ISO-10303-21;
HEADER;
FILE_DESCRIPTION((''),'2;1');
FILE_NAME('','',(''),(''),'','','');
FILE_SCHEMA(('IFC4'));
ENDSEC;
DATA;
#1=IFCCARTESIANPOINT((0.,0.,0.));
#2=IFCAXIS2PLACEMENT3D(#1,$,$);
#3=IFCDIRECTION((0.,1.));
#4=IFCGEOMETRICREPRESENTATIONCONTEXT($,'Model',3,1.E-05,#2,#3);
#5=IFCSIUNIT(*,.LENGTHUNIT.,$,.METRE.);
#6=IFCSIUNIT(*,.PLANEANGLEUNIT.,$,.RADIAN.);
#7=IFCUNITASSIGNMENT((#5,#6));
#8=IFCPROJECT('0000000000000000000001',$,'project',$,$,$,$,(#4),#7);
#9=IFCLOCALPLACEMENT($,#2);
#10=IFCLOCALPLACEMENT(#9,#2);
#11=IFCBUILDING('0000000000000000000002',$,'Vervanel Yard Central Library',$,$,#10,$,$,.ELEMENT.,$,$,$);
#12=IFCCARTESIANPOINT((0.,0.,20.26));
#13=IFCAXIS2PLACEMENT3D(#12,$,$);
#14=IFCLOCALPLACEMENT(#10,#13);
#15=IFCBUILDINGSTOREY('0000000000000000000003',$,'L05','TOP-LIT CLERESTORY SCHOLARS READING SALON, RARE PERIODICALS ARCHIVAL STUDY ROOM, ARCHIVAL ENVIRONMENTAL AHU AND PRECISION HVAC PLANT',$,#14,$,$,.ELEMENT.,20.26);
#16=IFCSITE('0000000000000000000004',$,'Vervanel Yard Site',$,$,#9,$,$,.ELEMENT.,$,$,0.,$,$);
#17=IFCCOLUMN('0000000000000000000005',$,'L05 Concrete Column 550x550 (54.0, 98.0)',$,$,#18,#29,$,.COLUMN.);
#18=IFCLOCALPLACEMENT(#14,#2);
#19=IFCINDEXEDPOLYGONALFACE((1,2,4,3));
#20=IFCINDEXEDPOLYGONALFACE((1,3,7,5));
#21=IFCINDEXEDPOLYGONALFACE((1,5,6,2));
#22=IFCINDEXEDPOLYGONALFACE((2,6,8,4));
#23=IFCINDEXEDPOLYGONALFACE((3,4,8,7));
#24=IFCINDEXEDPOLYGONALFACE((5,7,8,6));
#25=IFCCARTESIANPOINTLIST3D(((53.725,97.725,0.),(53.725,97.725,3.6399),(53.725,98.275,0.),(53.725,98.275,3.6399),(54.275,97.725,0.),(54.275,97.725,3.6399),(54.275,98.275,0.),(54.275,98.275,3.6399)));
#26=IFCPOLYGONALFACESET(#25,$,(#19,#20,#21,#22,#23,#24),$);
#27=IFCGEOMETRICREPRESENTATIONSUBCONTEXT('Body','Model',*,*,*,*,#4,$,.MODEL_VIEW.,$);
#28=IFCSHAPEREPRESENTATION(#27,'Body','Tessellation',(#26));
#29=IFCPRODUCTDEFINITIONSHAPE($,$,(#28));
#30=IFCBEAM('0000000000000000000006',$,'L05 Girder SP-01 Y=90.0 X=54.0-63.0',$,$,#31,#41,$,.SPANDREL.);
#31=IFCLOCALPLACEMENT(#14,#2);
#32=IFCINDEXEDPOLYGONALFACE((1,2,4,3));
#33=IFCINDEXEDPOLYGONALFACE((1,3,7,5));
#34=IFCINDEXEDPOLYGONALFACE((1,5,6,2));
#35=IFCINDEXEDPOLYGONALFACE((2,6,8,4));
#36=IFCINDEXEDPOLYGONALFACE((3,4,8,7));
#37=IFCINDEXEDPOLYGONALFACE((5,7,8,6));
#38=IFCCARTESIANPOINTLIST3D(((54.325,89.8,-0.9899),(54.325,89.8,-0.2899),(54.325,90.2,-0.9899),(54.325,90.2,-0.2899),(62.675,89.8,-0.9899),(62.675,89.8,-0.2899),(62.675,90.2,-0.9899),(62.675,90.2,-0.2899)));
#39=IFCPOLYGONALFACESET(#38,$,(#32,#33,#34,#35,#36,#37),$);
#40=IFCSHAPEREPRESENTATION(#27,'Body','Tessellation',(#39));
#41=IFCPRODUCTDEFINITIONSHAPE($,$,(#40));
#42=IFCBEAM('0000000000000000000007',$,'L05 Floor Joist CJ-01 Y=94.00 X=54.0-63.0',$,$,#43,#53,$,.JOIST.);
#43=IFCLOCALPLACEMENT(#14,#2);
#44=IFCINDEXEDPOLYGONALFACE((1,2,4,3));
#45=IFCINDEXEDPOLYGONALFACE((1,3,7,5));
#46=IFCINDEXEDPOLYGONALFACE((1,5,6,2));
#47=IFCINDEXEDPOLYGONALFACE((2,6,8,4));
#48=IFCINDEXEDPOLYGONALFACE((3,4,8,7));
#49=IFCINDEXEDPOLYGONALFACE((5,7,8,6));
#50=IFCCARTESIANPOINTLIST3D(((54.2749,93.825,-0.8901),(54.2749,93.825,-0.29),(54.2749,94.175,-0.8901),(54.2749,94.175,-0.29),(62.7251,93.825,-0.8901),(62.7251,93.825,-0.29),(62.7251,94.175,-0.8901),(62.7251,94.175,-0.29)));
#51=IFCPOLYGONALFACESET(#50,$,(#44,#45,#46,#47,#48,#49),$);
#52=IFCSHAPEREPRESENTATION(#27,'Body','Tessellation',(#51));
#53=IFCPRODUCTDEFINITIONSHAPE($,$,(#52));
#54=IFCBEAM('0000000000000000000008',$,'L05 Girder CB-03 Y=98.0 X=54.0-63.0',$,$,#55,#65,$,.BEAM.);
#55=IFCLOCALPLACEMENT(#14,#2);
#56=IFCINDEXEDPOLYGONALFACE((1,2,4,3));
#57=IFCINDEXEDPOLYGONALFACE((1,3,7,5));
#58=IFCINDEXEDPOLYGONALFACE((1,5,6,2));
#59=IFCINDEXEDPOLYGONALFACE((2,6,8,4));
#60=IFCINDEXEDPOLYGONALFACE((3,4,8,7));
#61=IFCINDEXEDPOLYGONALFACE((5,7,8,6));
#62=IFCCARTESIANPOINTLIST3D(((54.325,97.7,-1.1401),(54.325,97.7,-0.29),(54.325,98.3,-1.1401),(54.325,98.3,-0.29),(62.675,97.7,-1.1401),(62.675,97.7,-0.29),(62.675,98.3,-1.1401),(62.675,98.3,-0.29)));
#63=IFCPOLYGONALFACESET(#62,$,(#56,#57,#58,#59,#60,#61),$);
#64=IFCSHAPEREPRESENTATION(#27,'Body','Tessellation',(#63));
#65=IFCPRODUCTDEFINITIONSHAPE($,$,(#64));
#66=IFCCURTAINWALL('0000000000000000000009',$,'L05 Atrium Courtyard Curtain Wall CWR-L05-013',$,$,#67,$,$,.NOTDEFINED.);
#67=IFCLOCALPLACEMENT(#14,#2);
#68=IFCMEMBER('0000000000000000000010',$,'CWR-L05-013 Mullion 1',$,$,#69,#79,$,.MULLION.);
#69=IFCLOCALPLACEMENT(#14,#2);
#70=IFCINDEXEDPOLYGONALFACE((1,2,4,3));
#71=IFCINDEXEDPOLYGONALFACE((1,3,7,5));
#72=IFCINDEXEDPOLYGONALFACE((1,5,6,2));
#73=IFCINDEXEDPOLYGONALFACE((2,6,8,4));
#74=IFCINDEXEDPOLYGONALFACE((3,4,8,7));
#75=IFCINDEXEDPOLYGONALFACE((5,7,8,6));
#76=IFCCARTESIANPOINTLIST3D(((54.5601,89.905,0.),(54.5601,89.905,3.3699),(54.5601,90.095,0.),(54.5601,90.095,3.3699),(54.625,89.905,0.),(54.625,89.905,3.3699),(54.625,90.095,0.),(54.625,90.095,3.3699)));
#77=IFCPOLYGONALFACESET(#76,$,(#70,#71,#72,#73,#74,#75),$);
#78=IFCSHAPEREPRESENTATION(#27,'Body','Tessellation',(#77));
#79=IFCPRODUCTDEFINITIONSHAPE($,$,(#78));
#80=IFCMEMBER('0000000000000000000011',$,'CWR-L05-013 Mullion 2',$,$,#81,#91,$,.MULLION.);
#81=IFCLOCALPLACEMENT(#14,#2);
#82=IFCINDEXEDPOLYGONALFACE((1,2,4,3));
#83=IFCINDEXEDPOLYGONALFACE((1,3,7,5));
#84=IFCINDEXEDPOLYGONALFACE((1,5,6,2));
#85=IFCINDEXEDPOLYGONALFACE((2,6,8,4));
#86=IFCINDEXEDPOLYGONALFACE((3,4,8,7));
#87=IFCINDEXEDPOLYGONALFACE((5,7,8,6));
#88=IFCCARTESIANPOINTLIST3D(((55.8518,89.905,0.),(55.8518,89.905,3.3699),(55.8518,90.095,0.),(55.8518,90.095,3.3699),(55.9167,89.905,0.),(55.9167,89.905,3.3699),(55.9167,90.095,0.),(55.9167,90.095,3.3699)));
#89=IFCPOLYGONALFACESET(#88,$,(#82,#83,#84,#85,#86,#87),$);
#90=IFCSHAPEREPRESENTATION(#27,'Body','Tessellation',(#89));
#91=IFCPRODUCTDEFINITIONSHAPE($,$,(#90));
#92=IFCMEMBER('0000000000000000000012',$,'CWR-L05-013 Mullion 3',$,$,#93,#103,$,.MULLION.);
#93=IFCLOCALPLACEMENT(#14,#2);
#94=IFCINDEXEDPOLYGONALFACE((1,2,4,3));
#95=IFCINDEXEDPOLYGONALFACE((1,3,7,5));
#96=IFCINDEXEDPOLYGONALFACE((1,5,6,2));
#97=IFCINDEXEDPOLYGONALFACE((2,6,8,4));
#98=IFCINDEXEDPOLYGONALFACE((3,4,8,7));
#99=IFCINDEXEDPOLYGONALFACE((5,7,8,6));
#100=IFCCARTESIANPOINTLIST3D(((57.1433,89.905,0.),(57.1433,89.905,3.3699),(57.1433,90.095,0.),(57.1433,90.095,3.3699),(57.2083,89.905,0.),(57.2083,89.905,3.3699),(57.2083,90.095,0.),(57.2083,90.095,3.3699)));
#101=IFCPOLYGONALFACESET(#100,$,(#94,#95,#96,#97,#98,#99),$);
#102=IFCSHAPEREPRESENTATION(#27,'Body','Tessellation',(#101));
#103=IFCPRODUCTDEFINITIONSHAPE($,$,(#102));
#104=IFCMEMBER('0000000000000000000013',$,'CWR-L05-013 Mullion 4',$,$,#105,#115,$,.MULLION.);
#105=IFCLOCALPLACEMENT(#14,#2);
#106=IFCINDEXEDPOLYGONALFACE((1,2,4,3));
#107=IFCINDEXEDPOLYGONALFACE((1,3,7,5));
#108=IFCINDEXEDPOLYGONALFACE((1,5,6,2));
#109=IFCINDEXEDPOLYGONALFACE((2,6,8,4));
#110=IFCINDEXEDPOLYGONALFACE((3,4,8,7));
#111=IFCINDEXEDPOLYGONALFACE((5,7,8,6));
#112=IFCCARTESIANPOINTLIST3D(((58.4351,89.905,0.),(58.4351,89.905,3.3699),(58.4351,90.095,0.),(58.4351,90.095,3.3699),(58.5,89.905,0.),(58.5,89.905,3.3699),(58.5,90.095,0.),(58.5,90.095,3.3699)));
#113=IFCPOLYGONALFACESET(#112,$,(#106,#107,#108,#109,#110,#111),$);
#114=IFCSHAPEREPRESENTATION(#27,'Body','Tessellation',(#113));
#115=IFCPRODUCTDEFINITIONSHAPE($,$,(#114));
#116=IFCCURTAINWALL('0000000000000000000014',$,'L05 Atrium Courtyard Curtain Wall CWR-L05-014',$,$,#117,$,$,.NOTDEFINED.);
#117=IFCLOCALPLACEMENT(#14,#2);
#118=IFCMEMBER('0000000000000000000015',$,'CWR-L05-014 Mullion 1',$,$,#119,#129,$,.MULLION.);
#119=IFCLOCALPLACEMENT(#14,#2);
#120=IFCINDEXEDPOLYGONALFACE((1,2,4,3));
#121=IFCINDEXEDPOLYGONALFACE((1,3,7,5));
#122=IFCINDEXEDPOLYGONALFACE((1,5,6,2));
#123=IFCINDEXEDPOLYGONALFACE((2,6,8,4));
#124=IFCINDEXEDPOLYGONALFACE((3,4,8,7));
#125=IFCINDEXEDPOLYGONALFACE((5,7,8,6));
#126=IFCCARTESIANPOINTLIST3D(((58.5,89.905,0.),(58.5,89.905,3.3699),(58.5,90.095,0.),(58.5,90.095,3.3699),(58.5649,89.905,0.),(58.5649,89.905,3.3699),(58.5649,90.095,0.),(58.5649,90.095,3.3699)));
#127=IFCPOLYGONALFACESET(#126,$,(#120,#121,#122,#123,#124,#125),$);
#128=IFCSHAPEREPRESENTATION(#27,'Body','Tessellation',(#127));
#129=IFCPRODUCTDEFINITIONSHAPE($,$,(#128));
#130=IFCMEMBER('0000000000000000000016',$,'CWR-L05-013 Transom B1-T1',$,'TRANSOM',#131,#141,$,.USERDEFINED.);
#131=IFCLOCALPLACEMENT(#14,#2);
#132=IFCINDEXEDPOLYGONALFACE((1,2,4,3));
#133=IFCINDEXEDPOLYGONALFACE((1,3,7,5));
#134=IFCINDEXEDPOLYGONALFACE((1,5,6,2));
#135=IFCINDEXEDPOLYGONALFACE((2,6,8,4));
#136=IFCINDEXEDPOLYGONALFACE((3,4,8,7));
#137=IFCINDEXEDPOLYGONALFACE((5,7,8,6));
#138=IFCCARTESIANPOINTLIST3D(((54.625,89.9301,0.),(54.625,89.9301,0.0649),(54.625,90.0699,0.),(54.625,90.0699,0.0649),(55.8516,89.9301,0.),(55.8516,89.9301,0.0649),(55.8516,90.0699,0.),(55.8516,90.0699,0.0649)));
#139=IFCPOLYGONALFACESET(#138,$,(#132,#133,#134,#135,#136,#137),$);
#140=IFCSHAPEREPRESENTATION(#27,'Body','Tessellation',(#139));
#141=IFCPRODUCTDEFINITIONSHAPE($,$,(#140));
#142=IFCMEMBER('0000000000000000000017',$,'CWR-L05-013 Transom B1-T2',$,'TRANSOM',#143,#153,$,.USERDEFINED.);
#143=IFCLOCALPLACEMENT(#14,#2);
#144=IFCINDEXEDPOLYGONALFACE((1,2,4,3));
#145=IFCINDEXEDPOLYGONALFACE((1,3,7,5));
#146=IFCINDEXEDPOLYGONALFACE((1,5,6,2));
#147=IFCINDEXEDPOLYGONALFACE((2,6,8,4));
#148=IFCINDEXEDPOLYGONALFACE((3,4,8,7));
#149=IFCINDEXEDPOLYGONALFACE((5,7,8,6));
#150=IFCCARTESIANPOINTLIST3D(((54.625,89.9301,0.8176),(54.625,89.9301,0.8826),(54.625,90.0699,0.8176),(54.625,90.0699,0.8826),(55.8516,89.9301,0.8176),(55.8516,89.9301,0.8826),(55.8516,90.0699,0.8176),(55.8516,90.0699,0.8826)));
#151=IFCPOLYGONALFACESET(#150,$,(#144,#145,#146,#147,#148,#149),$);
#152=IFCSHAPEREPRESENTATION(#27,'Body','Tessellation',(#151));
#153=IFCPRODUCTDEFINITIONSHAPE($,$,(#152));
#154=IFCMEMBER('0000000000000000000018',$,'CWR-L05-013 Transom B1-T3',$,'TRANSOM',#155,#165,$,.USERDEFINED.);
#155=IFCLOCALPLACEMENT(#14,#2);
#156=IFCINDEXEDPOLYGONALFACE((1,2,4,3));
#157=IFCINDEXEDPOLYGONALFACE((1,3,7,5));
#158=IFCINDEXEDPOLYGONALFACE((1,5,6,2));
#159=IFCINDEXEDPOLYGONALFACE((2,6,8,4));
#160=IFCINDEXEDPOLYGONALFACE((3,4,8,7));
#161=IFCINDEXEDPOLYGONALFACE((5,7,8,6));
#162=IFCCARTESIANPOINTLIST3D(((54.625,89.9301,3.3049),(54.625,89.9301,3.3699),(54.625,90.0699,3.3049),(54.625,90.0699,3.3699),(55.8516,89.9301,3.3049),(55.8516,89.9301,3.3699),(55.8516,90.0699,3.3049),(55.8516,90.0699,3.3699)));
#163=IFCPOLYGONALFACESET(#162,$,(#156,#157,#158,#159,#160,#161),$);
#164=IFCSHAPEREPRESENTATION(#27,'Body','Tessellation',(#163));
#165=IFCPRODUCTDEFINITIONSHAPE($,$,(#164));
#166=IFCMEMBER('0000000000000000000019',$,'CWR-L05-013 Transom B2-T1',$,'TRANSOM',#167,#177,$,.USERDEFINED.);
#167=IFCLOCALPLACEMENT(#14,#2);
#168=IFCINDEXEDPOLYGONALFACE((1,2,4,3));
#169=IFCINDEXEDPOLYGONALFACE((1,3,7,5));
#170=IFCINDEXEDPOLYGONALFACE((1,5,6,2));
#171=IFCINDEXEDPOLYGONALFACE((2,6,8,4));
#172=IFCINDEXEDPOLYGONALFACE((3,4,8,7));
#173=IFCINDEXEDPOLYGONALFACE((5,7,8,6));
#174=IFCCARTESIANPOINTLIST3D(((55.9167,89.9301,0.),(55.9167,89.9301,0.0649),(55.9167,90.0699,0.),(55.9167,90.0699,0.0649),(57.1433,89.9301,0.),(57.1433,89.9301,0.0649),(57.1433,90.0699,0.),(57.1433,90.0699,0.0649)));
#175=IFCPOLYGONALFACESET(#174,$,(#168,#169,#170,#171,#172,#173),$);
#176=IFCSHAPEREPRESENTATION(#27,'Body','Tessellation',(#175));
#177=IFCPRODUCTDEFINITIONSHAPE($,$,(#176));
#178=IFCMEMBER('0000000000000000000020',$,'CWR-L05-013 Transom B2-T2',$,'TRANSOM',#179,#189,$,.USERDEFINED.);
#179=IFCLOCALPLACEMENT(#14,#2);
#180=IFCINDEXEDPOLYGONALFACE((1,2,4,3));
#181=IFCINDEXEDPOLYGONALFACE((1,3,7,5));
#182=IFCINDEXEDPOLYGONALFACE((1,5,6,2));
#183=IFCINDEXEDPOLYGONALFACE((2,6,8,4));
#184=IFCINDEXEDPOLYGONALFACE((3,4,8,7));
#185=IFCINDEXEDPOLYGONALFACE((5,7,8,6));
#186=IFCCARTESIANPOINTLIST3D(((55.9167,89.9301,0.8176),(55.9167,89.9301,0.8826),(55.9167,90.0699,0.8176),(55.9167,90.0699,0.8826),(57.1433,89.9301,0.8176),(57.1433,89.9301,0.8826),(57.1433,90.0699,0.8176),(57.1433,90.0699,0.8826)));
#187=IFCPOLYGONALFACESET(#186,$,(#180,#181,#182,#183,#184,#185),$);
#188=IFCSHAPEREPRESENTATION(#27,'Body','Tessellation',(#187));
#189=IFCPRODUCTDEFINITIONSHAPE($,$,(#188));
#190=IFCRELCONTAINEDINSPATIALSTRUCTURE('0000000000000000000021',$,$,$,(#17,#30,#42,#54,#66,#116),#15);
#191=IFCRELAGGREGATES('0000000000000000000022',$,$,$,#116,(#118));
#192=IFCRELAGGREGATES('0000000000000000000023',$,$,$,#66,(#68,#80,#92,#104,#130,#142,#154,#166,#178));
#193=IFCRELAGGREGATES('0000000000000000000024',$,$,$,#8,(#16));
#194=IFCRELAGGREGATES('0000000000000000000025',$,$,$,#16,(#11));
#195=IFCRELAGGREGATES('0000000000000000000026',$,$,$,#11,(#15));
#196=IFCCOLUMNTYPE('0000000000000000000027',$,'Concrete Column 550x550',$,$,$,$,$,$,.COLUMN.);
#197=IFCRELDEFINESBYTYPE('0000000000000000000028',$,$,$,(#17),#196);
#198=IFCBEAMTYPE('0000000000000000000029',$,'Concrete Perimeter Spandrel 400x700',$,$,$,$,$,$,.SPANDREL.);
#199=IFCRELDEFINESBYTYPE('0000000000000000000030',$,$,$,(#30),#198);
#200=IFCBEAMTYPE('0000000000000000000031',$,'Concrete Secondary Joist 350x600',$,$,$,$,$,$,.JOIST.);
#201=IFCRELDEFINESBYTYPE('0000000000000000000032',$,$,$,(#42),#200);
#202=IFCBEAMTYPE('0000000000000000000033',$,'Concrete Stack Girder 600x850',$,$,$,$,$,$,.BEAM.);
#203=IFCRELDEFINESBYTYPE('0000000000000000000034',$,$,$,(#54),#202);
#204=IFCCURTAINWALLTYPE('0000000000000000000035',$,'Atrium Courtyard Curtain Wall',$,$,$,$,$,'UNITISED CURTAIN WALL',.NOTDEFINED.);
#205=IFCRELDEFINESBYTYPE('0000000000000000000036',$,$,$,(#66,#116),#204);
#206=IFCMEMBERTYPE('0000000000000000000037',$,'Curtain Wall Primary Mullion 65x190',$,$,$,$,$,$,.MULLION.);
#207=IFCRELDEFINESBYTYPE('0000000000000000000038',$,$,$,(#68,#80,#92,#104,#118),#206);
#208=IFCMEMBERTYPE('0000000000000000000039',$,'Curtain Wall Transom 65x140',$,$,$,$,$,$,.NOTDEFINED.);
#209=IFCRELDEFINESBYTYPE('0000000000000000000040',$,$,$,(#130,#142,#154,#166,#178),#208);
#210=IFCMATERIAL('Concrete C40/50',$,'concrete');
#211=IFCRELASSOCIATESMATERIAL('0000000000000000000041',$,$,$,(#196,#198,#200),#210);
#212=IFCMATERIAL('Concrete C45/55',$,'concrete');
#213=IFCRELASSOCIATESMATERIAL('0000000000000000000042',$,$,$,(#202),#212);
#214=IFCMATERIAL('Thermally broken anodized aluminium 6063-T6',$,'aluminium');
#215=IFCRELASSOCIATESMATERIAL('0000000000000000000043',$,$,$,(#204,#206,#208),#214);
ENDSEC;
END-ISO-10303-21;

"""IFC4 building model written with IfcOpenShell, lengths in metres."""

from ifc_helpers import new_model, si_unit, direction, frame, origin, origin_2d, place, context, subcontext, project, spatial, rectangle, extrude, material, material_profile, profile_set, type_object, element, aggregate, save


model = new_model("IFC4")

# Units and contexts
model_context = context("Model", 3, precision=1e-05, world=origin(), true_north=direction((0.0, 1.0)))
body_context = subcontext(model_context, "Body", "Model", "MODEL_VIEW")
ifc_project = project(units=[si_unit("LENGTHUNIT", "METRE"), si_unit("PLANEANGLEUNIT", "RADIAN")], contexts=[model_context])

# Site, building, storey
site_placement = place(None, origin())
site = spatial("IfcSite", under=ifc_project, at=site_placement, Name="Vervanel Yard Site", CompositionType="ELEMENT", RefElevation=0.0)
building_placement = place(site_placement, origin())
building = spatial("IfcBuilding", under=site, at=building_placement, Name="Vervanel Yard Central Library", CompositionType="ELEMENT")
storey_placement = place(building_placement, frame((0.0, 0.0, 20.26)))
storey = spatial("IfcBuildingStorey", under=building, at=storey_placement, Name="L05", Description="TOP-LIT CLERESTORY SCHOLARS READING SALON, RARE PERIODICALS ARCHIVAL STUDY ROOM, ARCHIVAL ENVIRONMENTAL AHU AND PRECISION HVAC PLANT", CompositionType="ELEMENT", Elevation=20.26)

# Column
ifc_material_1 = material(Name="Concrete C40/50", Category="concrete")
ifc_material_profile_1 = material_profile(ifc_material_1, rectangle(XDim=0.55, YDim=0.55, at=origin_2d()), Name="RC 550x550", Category="concrete")
ifc_profile_set_1 = profile_set([ifc_material_profile_1], Name="Concrete C40/50")
column_type = type_object("IfcColumnType", Name="Concrete Column 550x550", PredefinedType="COLUMN", material=ifc_profile_set_1)
column_placement = place(storey_placement, frame((54.0, 98.0, 0.0), z_axis=(0.0, 0.0, 1.0), x_axis=(1.0, 0.0, 0.0)))
element("IfcColumn", 1, at=column_placement, inside=storey, type_object=column_type, Name="L05 Concrete Column 550x550 (54.0, 98.0)", PredefinedType="COLUMN", context=body_context, shape_type="SweptSolid", body=[
    extrude(rectangle(XDim=0.55, YDim=0.55, at=origin_2d()), origin(), (0.0, 0.0, 1.0), 3.6399),
])

# Beams
ifc_material_profile_2 = material_profile(ifc_material_1, rectangle(XDim=0.3999, YDim=0.7, at=origin_2d()), Name="RC 400x700", Category="concrete")
ifc_profile_set_2 = profile_set([ifc_material_profile_2], Name="Concrete C40/50")
beam_type_1 = type_object("IfcBeamType", Name="Concrete Perimeter Spandrel 400x700", PredefinedType="SPANDREL", material=ifc_profile_set_2)
beam_1_placement = place(storey_placement, frame((54.325, 90.0, -0.6399), z_axis=(1.0, 0.0, 0.0), x_axis=(0.0, 1.0, 0.0)))
element("IfcBeam", 2, at=beam_1_placement, inside=storey, type_object=beam_type_1, Name="L05 Girder SP-01 Y=90.0 X=54.0-63.0", PredefinedType="SPANDREL", context=body_context, shape_type="SweptSolid", body=[
    extrude(rectangle(XDim=0.3999, YDim=0.7, at=origin_2d()), origin(), (0.0, 0.0, 1.0), 8.3501),
])
ifc_material_profile_3 = material_profile(ifc_material_1, rectangle(XDim=0.3501, YDim=0.6001, at=origin_2d()), Name="RC 350x600", Category="concrete")
ifc_profile_set_3 = profile_set([ifc_material_profile_3], Name="Concrete C40/50")
beam_type_2 = type_object("IfcBeamType", Name="Concrete Secondary Joist 350x600", PredefinedType="JOIST", material=ifc_profile_set_3)
beam_2_placement = place(storey_placement, frame((54.2749, 94.0, -0.5901), z_axis=(1.0, 0.0, 0.0), x_axis=(0.0, 1.0, 0.0)))
element("IfcBeam", 3, at=beam_2_placement, inside=storey, type_object=beam_type_2, Name="L05 Floor Joist CJ-01 Y=94.00 X=54.0-63.0", PredefinedType="JOIST", context=body_context, shape_type="SweptSolid", body=[
    extrude(rectangle(XDim=0.3501, YDim=0.6001, at=origin_2d()), origin(), (0.0, 0.0, 1.0), 8.4502),
])
ifc_material_2 = material(Name="Concrete C45/55", Category="concrete")
ifc_material_profile_4 = material_profile(ifc_material_2, rectangle(XDim=0.6001, YDim=0.8501, at=origin_2d()), Name="RC 600x850", Category="concrete")
ifc_profile_set_4 = profile_set([ifc_material_profile_4], Name="Concrete C45/55")
beam_type_3 = type_object("IfcBeamType", Name="Concrete Stack Girder 600x850", PredefinedType="BEAM", material=ifc_profile_set_4)
beam_3_placement = place(storey_placement, frame((54.325, 98.0, -0.7151), z_axis=(1.0, 0.0, 0.0), x_axis=(0.0, 1.0, 0.0)))
element("IfcBeam", 4, at=beam_3_placement, inside=storey, type_object=beam_type_3, Name="L05 Girder CB-03 Y=98.0 X=54.0-63.0", PredefinedType="BEAM", context=body_context, shape_type="SweptSolid", body=[
    extrude(rectangle(XDim=0.6001, YDim=0.8501, at=origin_2d()), origin(), (0.0, 0.0, 1.0), 8.3501),
])

# Curtain wall, members
ifc_material_3 = material(Name="Thermally broken anodized aluminium 6063-T6", Category="aluminium")
curtain_wall_type = type_object("IfcCurtainWallType", Name="Atrium Courtyard Curtain Wall", ElementType="UNITISED CURTAIN WALL", PredefinedType="NOTDEFINED", material=ifc_material_3)
curtain_wall_1_placement = place(storey_placement, origin())
curtain_wall_1 = element("IfcCurtainWall", 5, at=curtain_wall_1_placement, inside=storey, type_object=curtain_wall_type, Name="L05 Atrium Courtyard Curtain Wall CWR-L05-013", PredefinedType="NOTDEFINED")
ifc_material_profile_5 = material_profile(ifc_material_3, rectangle(XDim=0.0649, YDim=0.1899, at=origin_2d()), Name="ALU 65x190", Category="aluminium")
ifc_profile_set_5 = profile_set([ifc_material_profile_5], Name="Thermally broken anodized aluminium 6063-T6")
member_type_1 = type_object("IfcMemberType", Name="Curtain Wall Primary Mullion 65x190", PredefinedType="MULLION", material=ifc_profile_set_5)
member_1_placement = place(storey_placement, frame((54.5925, 90.0, 0.0), z_axis=(0.0, 0.0, 1.0), x_axis=(1.0, 0.0, 0.0)))
member_1 = element("IfcMember", 6, at=member_1_placement, type_object=member_type_1, Name="CWR-L05-013 Mullion 1", PredefinedType="MULLION", context=body_context, shape_type="SweptSolid", body=[
    extrude(rectangle(XDim=0.0649, YDim=0.1899, at=origin_2d()), origin(), (0.0, 0.0, 1.0), 3.3699),
])
member_2_placement = place(storey_placement, frame((55.8843, 90.0, 0.0), z_axis=(0.0, 0.0, 1.0), x_axis=(1.0, 0.0, 0.0)))
member_2 = element("IfcMember", 7, at=member_2_placement, type_object=member_type_1, Name="CWR-L05-013 Mullion 2", PredefinedType="MULLION", context=body_context, shape_type="SweptSolid", body=[
    extrude(rectangle(XDim=0.0649, YDim=0.1899, at=origin_2d()), origin(), (0.0, 0.0, 1.0), 3.3699),
])
member_3_placement = place(storey_placement, frame((57.1758, 90.0, 0.0), z_axis=(0.0, 0.0, 1.0), x_axis=(1.0, 0.0, 0.0)))
member_3 = element("IfcMember", 8, at=member_3_placement, type_object=member_type_1, Name="CWR-L05-013 Mullion 3", PredefinedType="MULLION", context=body_context, shape_type="SweptSolid", body=[
    extrude(rectangle(XDim=0.0649, YDim=0.1899, at=origin_2d()), origin(), (0.0, 0.0, 1.0), 3.3699),
])
member_4_placement = place(storey_placement, frame((58.4675, 90.0, 0.0), z_axis=(0.0, 0.0, 1.0), x_axis=(1.0, 0.0, 0.0)))
member_4 = element("IfcMember", 9, at=member_4_placement, type_object=member_type_1, Name="CWR-L05-013 Mullion 4", PredefinedType="MULLION", context=body_context, shape_type="SweptSolid", body=[
    extrude(rectangle(XDim=0.0649, YDim=0.1899, at=origin_2d()), origin(), (0.0, 0.0, 1.0), 3.3699),
])

# Curtain wall, member
curtain_wall_2_placement = place(storey_placement, origin())
curtain_wall_2 = element("IfcCurtainWall", 10, at=curtain_wall_2_placement, inside=storey, type_object=curtain_wall_type, Name="L05 Atrium Courtyard Curtain Wall CWR-L05-014", PredefinedType="NOTDEFINED")
member_5_placement = place(storey_placement, frame((58.5325, 90.0, 0.0), z_axis=(0.0, 0.0, 1.0), x_axis=(1.0, 0.0, 0.0)))
member_5 = element("IfcMember", 11, at=member_5_placement, type_object=member_type_1, Name="CWR-L05-014 Mullion 1", PredefinedType="MULLION", context=body_context, shape_type="SweptSolid", body=[
    extrude(rectangle(XDim=0.0649, YDim=0.1899, at=origin_2d()), origin(), (0.0, 0.0, 1.0), 3.3699),
])
aggregate(curtain_wall_2, [member_5])

# Members
ifc_material_profile_6 = material_profile(ifc_material_3, rectangle(XDim=0.0649, YDim=0.1399, at=origin_2d()), Name="ALU 65x140", Category="aluminium")
ifc_profile_set_6 = profile_set([ifc_material_profile_6], Name="Thermally broken anodized aluminium 6063-T6")
member_type_2 = type_object("IfcMemberType", Name="Curtain Wall Transom 65x140", PredefinedType="NOTDEFINED", material=ifc_profile_set_6)
member_6_placement = place(storey_placement, frame((54.625, 90.0, 0.0325), z_axis=(1.0, 0.0, 0.0), x_axis=(0.0, 0.0, 1.0)))
member_6 = element("IfcMember", 12, at=member_6_placement, type_object=member_type_2, Name="CWR-L05-013 Transom B1-T1", ObjectType="TRANSOM", PredefinedType="USERDEFINED", context=body_context, shape_type="SweptSolid", body=[
    extrude(rectangle(XDim=0.0649, YDim=0.1399, at=origin_2d()), origin(), (0.0, 0.0, 1.0), 1.2266),
])
member_7_placement = place(storey_placement, frame((54.625, 90.0, 0.8501), z_axis=(1.0, 0.0, 0.0), x_axis=(0.0, 0.0, 1.0)))
member_7 = element("IfcMember", 13, at=member_7_placement, type_object=member_type_2, Name="CWR-L05-013 Transom B1-T2", ObjectType="TRANSOM", PredefinedType="USERDEFINED", context=body_context, shape_type="SweptSolid", body=[
    extrude(rectangle(XDim=0.0649, YDim=0.1399, at=origin_2d()), origin(), (0.0, 0.0, 1.0), 1.2266),
])
member_8_placement = place(storey_placement, frame((54.625, 90.0, 3.3374), z_axis=(1.0, 0.0, 0.0), x_axis=(0.0, 0.0, 1.0)))
member_8 = element("IfcMember", 14, at=member_8_placement, type_object=member_type_2, Name="CWR-L05-013 Transom B1-T3", ObjectType="TRANSOM", PredefinedType="USERDEFINED", context=body_context, shape_type="SweptSolid", body=[
    extrude(rectangle(XDim=0.0649, YDim=0.1399, at=origin_2d()), origin(), (0.0, 0.0, 1.0), 1.2266),
])
member_9_placement = place(storey_placement, frame((55.9167, 90.0, 0.0325), z_axis=(1.0, 0.0, 0.0), x_axis=(0.0, 0.0, 1.0)))
member_9 = element("IfcMember", 15, at=member_9_placement, type_object=member_type_2, Name="CWR-L05-013 Transom B2-T1", ObjectType="TRANSOM", PredefinedType="USERDEFINED", context=body_context, shape_type="SweptSolid", body=[
    extrude(rectangle(XDim=0.0649, YDim=0.1399, at=origin_2d()), origin(), (0.0, 0.0, 1.0), 1.2266),
])
member_10_placement = place(storey_placement, frame((55.9167, 90.0, 0.8501), z_axis=(1.0, 0.0, 0.0), x_axis=(0.0, 0.0, 1.0)))
member_10 = element("IfcMember", 16, at=member_10_placement, type_object=member_type_2, Name="CWR-L05-013 Transom B2-T2", ObjectType="TRANSOM", PredefinedType="USERDEFINED", context=body_context, shape_type="SweptSolid", body=[
    extrude(rectangle(XDim=0.0649, YDim=0.1399, at=origin_2d()), origin(), (0.0, 0.0, 1.0), 1.2266),
])

aggregate(curtain_wall_1, [member_1, member_2, member_3, member_4, member_6, member_7, member_8, member_9, member_10])

save(model, "model.ifc")
